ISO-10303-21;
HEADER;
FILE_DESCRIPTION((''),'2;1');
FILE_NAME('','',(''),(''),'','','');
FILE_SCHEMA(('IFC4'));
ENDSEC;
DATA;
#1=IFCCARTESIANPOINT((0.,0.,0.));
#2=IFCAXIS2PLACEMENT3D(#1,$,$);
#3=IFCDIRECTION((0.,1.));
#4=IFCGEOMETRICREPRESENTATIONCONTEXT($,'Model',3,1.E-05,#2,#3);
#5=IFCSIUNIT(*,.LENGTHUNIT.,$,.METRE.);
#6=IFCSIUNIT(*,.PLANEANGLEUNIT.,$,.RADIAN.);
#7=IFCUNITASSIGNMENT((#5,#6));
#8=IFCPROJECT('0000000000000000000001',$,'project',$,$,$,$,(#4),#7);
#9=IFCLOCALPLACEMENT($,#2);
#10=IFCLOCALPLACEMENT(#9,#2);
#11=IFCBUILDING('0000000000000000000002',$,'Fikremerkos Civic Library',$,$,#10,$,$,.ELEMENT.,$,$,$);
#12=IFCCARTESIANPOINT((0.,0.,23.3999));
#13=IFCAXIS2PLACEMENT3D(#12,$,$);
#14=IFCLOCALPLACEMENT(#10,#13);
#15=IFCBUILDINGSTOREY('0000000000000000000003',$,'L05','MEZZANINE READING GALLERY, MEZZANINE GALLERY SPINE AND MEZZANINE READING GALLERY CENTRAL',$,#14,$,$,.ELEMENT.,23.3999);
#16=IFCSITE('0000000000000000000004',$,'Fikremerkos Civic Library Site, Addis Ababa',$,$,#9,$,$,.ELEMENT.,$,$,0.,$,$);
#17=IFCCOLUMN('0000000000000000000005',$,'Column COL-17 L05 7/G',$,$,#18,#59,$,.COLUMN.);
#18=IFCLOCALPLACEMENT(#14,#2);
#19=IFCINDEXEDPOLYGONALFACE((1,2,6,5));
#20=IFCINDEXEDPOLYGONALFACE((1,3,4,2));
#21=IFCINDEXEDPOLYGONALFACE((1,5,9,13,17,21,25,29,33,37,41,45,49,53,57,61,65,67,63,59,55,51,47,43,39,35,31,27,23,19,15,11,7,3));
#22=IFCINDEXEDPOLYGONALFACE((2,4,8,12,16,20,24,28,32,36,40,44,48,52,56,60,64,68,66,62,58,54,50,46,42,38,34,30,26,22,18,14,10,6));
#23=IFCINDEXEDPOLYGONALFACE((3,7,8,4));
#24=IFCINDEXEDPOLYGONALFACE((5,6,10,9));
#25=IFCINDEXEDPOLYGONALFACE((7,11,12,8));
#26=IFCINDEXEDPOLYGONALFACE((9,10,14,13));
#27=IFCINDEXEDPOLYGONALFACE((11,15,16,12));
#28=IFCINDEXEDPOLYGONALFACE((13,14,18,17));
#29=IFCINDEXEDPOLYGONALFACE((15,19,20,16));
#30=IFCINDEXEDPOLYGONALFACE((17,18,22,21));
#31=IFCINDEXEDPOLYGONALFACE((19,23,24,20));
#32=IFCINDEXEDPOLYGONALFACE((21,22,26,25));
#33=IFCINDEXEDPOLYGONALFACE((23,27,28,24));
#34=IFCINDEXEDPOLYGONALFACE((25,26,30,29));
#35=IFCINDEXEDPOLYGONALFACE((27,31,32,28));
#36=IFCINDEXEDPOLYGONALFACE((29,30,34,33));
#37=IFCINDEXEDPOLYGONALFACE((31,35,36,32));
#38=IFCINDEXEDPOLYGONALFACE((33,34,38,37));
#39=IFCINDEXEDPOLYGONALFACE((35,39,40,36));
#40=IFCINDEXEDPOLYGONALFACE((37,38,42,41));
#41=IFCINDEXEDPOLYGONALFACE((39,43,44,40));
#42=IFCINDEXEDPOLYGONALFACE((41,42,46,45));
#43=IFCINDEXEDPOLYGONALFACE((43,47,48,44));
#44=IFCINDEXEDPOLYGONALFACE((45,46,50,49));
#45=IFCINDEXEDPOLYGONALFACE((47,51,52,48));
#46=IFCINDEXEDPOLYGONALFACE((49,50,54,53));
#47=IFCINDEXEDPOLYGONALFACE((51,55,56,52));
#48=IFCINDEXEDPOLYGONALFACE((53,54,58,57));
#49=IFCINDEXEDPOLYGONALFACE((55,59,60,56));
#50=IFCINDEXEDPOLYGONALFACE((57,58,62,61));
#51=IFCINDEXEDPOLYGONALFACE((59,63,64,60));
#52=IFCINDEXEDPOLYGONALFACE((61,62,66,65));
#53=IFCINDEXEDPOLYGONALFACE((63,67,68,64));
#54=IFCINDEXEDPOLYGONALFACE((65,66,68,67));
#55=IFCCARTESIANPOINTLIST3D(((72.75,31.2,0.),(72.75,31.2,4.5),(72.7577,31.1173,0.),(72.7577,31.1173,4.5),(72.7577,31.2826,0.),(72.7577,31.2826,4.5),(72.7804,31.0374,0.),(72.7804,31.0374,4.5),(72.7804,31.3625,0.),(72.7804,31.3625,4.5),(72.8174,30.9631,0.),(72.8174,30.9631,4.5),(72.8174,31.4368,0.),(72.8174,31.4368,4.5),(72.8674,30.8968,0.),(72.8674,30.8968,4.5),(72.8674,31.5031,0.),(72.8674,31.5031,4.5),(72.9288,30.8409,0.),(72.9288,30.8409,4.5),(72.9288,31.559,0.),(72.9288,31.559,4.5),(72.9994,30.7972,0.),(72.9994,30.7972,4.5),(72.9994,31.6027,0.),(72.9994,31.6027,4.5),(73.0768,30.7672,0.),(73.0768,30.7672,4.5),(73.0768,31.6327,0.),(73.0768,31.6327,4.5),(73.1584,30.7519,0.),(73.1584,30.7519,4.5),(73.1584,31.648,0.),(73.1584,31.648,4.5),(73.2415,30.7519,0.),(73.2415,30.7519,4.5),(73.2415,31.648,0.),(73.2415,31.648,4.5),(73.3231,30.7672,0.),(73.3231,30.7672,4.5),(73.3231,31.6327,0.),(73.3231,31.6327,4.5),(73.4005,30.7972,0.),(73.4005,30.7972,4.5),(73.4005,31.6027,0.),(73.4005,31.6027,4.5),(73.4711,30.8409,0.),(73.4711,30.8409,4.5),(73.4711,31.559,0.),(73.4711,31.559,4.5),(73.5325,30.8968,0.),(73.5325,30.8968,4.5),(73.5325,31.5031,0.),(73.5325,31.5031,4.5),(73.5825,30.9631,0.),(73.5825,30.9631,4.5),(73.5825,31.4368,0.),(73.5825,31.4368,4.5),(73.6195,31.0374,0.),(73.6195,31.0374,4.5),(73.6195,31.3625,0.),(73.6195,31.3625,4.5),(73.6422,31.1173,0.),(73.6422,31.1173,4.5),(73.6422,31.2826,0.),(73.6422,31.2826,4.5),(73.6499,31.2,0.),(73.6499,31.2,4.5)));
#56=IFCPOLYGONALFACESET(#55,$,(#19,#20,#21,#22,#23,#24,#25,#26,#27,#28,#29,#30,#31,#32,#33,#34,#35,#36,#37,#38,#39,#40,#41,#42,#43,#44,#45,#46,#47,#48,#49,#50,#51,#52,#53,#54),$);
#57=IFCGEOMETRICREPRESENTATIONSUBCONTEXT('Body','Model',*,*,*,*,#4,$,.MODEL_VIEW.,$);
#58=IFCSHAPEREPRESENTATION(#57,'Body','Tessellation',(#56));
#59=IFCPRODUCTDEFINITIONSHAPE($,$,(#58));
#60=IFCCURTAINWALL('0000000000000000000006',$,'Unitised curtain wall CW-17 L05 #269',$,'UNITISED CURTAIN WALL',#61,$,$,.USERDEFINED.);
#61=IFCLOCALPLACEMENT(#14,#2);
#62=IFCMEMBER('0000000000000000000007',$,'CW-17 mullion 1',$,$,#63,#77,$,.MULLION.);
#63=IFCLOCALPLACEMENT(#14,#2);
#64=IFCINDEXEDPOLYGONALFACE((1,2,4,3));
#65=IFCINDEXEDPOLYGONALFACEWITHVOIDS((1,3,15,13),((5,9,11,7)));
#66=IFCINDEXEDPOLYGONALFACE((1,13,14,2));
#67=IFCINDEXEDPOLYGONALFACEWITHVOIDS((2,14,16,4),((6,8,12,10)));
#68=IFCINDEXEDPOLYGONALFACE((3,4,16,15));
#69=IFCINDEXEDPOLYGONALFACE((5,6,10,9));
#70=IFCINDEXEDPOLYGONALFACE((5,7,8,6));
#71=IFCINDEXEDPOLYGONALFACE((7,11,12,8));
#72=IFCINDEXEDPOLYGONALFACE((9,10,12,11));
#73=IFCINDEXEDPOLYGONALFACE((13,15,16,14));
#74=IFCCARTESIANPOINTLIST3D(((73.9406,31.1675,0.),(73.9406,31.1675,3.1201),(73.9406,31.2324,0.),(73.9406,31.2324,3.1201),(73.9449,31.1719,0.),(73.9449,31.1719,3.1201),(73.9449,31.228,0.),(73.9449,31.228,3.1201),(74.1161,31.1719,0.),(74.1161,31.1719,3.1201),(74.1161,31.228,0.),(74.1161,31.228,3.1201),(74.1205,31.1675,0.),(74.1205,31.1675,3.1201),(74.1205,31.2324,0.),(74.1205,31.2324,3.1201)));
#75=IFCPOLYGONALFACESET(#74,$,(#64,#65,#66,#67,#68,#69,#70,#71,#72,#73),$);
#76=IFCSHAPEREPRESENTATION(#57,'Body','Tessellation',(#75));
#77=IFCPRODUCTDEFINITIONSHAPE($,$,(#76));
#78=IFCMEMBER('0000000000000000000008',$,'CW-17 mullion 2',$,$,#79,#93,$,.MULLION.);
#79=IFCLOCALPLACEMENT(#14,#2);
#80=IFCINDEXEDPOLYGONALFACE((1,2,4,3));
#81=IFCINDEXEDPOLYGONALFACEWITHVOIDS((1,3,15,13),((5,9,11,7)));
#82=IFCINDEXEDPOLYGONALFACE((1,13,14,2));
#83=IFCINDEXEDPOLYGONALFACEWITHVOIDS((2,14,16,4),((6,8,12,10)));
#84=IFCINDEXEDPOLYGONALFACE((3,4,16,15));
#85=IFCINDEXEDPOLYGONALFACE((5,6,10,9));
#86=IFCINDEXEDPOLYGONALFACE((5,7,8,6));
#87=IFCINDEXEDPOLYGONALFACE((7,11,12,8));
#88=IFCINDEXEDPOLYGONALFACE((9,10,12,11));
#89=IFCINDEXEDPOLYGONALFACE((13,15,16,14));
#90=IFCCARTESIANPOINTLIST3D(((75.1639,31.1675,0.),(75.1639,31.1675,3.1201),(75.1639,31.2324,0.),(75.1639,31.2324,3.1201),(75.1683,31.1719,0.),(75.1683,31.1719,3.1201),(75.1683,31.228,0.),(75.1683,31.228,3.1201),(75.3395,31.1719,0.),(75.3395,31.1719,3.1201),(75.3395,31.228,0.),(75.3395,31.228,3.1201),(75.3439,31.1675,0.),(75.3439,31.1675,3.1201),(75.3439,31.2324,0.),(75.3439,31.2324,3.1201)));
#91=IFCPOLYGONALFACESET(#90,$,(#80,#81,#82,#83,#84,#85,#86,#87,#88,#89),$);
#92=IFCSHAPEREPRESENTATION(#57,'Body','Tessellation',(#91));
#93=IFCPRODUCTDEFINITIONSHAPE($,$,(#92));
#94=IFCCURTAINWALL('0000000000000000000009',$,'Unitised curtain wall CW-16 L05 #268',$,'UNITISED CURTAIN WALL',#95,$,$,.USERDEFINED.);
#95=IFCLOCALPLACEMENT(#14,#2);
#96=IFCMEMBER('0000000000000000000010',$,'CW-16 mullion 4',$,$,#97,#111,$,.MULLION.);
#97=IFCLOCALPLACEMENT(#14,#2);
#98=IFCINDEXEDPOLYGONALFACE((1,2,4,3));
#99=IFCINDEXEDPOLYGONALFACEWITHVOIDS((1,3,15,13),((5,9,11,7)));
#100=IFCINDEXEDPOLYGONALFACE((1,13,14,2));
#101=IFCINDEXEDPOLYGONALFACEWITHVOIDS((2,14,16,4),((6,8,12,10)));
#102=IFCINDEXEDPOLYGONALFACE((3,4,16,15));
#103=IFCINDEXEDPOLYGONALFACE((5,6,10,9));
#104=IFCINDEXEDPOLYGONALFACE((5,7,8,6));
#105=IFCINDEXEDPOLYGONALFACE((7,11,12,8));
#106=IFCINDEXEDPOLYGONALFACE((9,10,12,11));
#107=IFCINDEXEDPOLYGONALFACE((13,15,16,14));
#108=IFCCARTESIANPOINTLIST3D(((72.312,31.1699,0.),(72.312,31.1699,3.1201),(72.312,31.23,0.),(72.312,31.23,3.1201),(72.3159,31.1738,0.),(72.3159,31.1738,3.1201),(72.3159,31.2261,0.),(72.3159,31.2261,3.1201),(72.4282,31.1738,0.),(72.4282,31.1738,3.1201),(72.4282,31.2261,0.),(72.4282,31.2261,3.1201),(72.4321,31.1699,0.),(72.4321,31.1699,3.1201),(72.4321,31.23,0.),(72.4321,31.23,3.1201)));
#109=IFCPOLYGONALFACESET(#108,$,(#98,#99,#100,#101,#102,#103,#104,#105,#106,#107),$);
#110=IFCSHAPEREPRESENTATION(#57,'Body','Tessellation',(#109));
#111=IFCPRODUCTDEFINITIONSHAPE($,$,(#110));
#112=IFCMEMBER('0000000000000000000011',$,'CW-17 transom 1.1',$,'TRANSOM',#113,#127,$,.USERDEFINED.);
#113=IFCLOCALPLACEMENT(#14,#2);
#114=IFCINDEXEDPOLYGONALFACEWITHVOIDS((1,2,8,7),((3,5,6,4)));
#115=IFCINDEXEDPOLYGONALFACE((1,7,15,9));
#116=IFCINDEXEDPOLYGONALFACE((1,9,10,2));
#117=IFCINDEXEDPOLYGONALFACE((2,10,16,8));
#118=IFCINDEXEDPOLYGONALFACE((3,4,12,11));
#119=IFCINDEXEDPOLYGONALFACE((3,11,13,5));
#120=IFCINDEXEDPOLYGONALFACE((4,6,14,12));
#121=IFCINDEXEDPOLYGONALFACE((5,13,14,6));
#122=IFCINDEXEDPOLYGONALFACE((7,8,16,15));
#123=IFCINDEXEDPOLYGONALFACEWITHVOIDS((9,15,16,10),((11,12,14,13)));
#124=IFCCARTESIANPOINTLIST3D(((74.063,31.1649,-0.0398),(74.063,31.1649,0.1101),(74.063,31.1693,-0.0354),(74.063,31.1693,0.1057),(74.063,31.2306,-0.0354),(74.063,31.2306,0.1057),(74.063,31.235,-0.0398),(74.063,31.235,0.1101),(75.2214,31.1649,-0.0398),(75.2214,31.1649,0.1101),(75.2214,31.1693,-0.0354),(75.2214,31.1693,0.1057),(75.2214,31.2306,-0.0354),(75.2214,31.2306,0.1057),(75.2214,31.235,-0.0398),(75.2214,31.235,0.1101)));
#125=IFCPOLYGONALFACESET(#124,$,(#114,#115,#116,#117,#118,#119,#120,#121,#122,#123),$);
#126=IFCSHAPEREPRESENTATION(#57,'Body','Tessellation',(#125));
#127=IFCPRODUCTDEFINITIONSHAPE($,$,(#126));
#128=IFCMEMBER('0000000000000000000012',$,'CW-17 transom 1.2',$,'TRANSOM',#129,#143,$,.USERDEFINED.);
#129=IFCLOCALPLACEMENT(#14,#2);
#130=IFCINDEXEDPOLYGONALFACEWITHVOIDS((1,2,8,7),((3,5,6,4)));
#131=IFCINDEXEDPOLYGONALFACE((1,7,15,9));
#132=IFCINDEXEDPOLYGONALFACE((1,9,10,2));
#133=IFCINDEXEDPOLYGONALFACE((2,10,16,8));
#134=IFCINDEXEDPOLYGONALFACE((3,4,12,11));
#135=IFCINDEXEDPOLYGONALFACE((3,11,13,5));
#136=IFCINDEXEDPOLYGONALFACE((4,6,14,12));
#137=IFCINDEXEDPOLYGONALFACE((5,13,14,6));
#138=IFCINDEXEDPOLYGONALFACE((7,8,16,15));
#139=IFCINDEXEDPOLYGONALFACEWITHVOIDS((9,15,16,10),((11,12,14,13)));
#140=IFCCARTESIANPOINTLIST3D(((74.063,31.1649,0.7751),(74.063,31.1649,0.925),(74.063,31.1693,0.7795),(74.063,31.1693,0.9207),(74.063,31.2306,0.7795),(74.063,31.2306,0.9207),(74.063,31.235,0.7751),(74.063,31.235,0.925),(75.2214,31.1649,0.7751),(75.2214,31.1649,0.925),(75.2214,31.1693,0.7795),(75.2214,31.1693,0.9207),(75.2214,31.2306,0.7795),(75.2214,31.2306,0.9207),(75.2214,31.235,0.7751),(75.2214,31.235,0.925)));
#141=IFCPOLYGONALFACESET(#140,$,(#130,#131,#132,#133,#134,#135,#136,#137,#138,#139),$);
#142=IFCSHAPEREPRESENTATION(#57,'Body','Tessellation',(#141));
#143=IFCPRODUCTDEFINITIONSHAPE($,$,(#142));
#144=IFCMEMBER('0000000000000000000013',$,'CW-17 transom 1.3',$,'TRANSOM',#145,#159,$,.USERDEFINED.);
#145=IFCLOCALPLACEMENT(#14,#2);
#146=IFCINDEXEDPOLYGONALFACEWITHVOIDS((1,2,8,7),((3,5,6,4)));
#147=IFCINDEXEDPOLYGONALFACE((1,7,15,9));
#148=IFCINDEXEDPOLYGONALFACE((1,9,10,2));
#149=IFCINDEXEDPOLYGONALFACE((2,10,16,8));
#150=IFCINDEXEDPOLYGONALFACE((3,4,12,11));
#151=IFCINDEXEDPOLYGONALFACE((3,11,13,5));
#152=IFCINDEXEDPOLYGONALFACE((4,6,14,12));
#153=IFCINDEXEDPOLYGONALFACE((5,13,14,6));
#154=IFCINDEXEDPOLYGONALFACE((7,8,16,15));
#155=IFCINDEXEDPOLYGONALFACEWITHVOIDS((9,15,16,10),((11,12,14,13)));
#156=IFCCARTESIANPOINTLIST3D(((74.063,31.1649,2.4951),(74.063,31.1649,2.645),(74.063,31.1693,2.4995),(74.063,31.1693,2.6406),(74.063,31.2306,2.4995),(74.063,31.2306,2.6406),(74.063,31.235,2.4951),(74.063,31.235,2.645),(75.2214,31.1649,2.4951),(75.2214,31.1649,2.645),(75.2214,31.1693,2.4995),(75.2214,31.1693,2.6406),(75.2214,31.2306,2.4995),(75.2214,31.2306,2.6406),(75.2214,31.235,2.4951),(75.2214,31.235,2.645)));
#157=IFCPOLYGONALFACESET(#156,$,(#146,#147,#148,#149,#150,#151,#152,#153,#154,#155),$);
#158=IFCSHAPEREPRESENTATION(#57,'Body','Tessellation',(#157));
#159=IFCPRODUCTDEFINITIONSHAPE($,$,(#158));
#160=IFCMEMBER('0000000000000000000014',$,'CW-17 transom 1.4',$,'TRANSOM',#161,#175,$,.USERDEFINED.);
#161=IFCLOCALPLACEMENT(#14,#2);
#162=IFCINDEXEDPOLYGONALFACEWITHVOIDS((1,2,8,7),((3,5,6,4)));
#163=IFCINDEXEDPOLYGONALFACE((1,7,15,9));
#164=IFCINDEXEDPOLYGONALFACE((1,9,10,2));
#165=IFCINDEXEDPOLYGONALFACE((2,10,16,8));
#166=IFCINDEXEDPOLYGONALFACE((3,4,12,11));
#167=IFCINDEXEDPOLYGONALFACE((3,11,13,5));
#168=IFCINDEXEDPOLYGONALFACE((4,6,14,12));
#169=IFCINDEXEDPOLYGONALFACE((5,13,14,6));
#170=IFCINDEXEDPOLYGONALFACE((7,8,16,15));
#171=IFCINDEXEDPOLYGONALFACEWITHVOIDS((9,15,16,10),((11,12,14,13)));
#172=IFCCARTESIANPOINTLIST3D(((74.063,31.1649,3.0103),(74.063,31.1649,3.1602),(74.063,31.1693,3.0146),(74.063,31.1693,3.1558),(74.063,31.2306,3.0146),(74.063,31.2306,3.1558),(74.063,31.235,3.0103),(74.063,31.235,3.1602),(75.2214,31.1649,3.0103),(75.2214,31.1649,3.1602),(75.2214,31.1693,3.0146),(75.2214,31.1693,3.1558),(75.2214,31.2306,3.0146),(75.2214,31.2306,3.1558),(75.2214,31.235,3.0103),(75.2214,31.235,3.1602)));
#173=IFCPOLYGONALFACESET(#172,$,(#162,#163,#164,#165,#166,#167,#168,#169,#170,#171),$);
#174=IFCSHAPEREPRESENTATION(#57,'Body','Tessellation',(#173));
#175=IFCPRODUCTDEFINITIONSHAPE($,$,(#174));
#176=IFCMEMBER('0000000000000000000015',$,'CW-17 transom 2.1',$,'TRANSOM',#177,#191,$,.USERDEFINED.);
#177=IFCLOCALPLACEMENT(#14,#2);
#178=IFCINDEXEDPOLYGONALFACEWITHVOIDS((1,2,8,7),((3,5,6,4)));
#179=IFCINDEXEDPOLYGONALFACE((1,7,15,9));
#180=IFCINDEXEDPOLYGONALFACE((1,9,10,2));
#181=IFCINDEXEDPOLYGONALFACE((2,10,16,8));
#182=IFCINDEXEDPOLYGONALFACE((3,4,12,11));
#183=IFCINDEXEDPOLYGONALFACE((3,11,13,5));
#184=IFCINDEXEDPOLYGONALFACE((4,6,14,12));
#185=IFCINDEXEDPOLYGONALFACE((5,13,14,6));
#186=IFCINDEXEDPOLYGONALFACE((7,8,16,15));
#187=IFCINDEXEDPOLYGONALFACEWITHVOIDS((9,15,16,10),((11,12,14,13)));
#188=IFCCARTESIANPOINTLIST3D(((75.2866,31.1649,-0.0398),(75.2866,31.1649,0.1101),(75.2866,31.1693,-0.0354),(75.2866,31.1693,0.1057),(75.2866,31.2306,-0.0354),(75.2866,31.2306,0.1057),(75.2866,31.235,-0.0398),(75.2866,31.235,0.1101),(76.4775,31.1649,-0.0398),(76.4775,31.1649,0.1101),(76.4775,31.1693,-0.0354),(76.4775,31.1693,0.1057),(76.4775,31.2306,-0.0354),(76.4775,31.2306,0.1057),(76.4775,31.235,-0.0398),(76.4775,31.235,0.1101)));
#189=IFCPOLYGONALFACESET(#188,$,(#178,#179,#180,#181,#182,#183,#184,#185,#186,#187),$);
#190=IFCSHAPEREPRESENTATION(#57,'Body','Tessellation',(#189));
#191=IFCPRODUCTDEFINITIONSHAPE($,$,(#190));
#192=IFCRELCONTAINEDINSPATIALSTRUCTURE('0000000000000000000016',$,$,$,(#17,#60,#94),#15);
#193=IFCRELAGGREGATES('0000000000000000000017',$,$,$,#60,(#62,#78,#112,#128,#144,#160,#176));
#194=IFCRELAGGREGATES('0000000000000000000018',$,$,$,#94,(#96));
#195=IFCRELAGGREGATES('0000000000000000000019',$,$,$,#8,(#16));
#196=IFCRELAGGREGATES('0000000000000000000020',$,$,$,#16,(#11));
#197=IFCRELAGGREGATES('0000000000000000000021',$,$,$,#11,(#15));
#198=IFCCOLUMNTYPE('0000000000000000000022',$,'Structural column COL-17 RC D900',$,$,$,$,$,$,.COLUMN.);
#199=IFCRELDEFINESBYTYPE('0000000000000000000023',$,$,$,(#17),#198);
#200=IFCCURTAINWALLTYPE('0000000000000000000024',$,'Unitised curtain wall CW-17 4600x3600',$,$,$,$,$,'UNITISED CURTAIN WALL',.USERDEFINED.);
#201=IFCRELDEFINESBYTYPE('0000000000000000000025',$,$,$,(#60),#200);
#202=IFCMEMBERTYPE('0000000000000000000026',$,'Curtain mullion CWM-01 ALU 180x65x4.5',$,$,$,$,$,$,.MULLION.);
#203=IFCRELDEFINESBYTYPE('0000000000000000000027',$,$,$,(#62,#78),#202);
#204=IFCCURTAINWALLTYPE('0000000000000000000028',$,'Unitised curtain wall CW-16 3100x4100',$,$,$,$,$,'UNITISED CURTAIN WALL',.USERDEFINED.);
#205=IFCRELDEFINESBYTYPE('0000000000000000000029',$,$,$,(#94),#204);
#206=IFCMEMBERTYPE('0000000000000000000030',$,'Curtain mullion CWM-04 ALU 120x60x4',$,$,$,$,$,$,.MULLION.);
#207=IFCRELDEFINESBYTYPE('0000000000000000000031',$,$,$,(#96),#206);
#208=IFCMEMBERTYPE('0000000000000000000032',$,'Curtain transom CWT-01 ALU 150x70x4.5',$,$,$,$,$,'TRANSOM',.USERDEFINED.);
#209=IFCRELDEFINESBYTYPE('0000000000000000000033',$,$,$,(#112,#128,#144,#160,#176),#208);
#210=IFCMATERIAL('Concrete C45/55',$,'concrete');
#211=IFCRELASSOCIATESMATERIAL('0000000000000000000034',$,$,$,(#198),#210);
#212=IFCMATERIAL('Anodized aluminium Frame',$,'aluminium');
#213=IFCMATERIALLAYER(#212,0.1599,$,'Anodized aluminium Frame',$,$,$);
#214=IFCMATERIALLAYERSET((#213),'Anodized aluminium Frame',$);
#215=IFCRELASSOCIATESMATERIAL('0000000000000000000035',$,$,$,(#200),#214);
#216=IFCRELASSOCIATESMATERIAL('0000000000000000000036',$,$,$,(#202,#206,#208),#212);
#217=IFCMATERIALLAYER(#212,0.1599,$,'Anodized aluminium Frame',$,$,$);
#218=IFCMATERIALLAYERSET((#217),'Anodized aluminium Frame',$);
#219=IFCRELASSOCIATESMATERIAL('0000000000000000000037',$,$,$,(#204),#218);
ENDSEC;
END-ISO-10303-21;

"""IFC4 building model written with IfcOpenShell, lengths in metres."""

from ifc_helpers import new_model, si_unit, direction, frame, origin, origin_2d, place, context, subcontext, project, spatial, hollow_rectangle, circle, extrude, material, layer, layer_set, material_profile, profile_set, type_object, element, aggregate, save


model = new_model("IFC4")

# Units and contexts
model_context = context("Model", 3, precision=1e-05, world=origin(), true_north=direction((0.0, 1.0)))
body_context = subcontext(model_context, "Body", "Model", "MODEL_VIEW")
ifc_project = project(units=[si_unit("LENGTHUNIT", "METRE"), si_unit("PLANEANGLEUNIT", "RADIAN")], contexts=[model_context])

# Site, building, storey
site_placement = place(None, origin())
site = spatial("IfcSite", under=ifc_project, at=site_placement, Name="Fikremerkos Civic Library Site, Addis Ababa", CompositionType="ELEMENT", RefElevation=0.0)
building_placement = place(site_placement, origin())
building = spatial("IfcBuilding", under=site, at=building_placement, Name="Fikremerkos Civic Library", CompositionType="ELEMENT")
storey_placement = place(building_placement, frame((0.0, 0.0, 23.3999)))
storey = spatial("IfcBuildingStorey", under=building, at=storey_placement, Name="L05", Description="MEZZANINE READING GALLERY, MEZZANINE GALLERY SPINE AND MEZZANINE READING GALLERY CENTRAL", CompositionType="ELEMENT", Elevation=23.3999)

# Column
ifc_material_1 = material(Name="Concrete C45/55", Category="concrete")
ifc_material_profile_1 = material_profile(ifc_material_1, circle(Radius=0.45, at=origin_2d()), Name="RC D900")
ifc_profile_set_1 = profile_set([ifc_material_profile_1], Name="Concrete C45/55")
column_type = type_object("IfcColumnType", Name="Structural column COL-17 RC D900", PredefinedType="COLUMN", material=ifc_profile_set_1)
column_placement = place(storey_placement, frame((73.2, 31.2, 0.0), z_axis=(0.0, 0.0, 1.0), x_axis=(1.0, 0.0, 0.0)))
element("IfcColumn", 1, at=column_placement, inside=storey, type_object=column_type, Name="Column COL-17 L05 7/G", PredefinedType="COLUMN", context=body_context, shape_type="SweptSolid", body=[
    extrude(circle(Radius=0.45, at=origin_2d()), origin(), (0.0, 0.0, 1.0), 4.5),
])

# Curtain wall, members
ifc_material_2 = material(Name="Anodized aluminium Frame", Category="aluminium")
ifc_layer_1 = layer(ifc_material_2, 0.1599, Name="Anodized aluminium Frame")
ifc_layer_set_1 = layer_set([ifc_layer_1], Name="Anodized aluminium Frame")
curtain_wall_type_1 = type_object("IfcCurtainWallType", Name="Unitised curtain wall CW-17 4600x3600", ElementType="UNITISED CURTAIN WALL", PredefinedType="USERDEFINED", material=ifc_layer_set_1)
curtain_wall_1_placement = place(storey_placement, origin())
curtain_wall_1 = element("IfcCurtainWall", 2, at=curtain_wall_1_placement, inside=storey, type_object=curtain_wall_type_1, Name="Unitised curtain wall CW-17 L05 #269", ObjectType="UNITISED CURTAIN WALL", PredefinedType="USERDEFINED")
ifc_material_profile_2 = material_profile(ifc_material_2, hollow_rectangle(XDim=0.0649, YDim=0.1799, WallThickness=0.0044, at=origin_2d()), Name="ALU 180x65x4.5")
ifc_profile_set_2 = profile_set([ifc_material_profile_2], Name="Anodized aluminium Frame")
member_type_1 = type_object("IfcMemberType", Name="Curtain mullion CWM-01 ALU 180x65x4.5", PredefinedType="MULLION", material=ifc_profile_set_2)
member_1_placement = place(storey_placement, frame((74.0305, 31.2, 0.0), z_axis=(0.0, 0.0, 1.0), x_axis=(0.0, 1.0, 0.0)))
member_1 = element("IfcMember", 3, at=member_1_placement, type_object=member_type_1, Name="CW-17 mullion 1", PredefinedType="MULLION", context=body_context, shape_type="SweptSolid", body=[
    extrude(hollow_rectangle(XDim=0.0649, YDim=0.1799, WallThickness=0.0044, at=origin_2d()), origin(), (0.0, 0.0, 1.0), 3.1201),
])
member_2_placement = place(storey_placement, frame((75.2539, 31.2, 0.0), z_axis=(0.0, 0.0, 1.0), x_axis=(0.0, 1.0, 0.0)))
member_2 = element("IfcMember", 4, at=member_2_placement, type_object=member_type_1, Name="CW-17 mullion 2", PredefinedType="MULLION", context=body_context, shape_type="SweptSolid", body=[
    extrude(hollow_rectangle(XDim=0.0649, YDim=0.1799, WallThickness=0.0044, at=origin_2d()), origin(), (0.0, 0.0, 1.0), 3.1201),
])

# Curtain wall, member
ifc_layer_2 = layer(ifc_material_2, 0.1599, Name="Anodized aluminium Frame")
ifc_layer_set_2 = layer_set([ifc_layer_2], Name="Anodized aluminium Frame")
curtain_wall_type_2 = type_object("IfcCurtainWallType", Name="Unitised curtain wall CW-16 3100x4100", ElementType="UNITISED CURTAIN WALL", PredefinedType="USERDEFINED", material=ifc_layer_set_2)
curtain_wall_2_placement = place(storey_placement, origin())
curtain_wall_2 = element("IfcCurtainWall", 5, at=curtain_wall_2_placement, inside=storey, type_object=curtain_wall_type_2, Name="Unitised curtain wall CW-16 L05 #268", ObjectType="UNITISED CURTAIN WALL", PredefinedType="USERDEFINED")
ifc_material_profile_3 = material_profile(ifc_material_2, hollow_rectangle(XDim=0.0601, YDim=0.1201, WallThickness=0.0039, at=origin_2d()), Name="ALU 120x60x4")
ifc_profile_set_3 = profile_set([ifc_material_profile_3], Name="Anodized aluminium Frame")
member_type_2 = type_object("IfcMemberType", Name="Curtain mullion CWM-04 ALU 120x60x4", PredefinedType="MULLION", material=ifc_profile_set_3)
member_3_placement = place(storey_placement, frame((72.3721, 31.2, 0.0), z_axis=(0.0, 0.0, 1.0), x_axis=(0.0, 1.0, 0.0)))
member_3 = element("IfcMember", 6, at=member_3_placement, type_object=member_type_2, Name="CW-16 mullion 4", PredefinedType="MULLION", context=body_context, shape_type="SweptSolid", body=[
    extrude(hollow_rectangle(XDim=0.0601, YDim=0.1201, WallThickness=0.0039, at=origin_2d()), origin(), (0.0, 0.0, 1.0), 3.1201),
])

# Members
ifc_material_profile_4 = material_profile(ifc_material_2, hollow_rectangle(XDim=0.0701, YDim=0.1499, WallThickness=0.0044, at=origin_2d()), Name="ALU 150x70x4.5")
ifc_profile_set_4 = profile_set([ifc_material_profile_4], Name="Anodized aluminium Frame")
member_type_3 = type_object("IfcMemberType", Name="Curtain transom CWT-01 ALU 150x70x4.5", ElementType="TRANSOM", PredefinedType="USERDEFINED", material=ifc_profile_set_4)
member_4_placement = place(storey_placement, frame((74.063, 31.2, 0.0352), z_axis=(1.0, 0.0, 0.0), x_axis=(0.0, 1.0, 0.0)))
member_4 = element("IfcMember", 7, at=member_4_placement, type_object=member_type_3, Name="CW-17 transom 1.1", ObjectType="TRANSOM", PredefinedType="USERDEFINED", context=body_context, shape_type="SweptSolid", body=[
    extrude(hollow_rectangle(XDim=0.0701, YDim=0.1499, WallThickness=0.0044, at=origin_2d()), origin(), (0.0, 0.0, 1.0), 1.1584),
])
member_5_placement = place(storey_placement, frame((74.063, 31.2, 0.8501), z_axis=(1.0, 0.0, 0.0), x_axis=(0.0, 1.0, 0.0)))
member_5 = element("IfcMember", 8, at=member_5_placement, type_object=member_type_3, Name="CW-17 transom 1.2", ObjectType="TRANSOM", PredefinedType="USERDEFINED", context=body_context, shape_type="SweptSolid", body=[
    extrude(hollow_rectangle(XDim=0.0701, YDim=0.1499, WallThickness=0.0044, at=origin_2d()), origin(), (0.0, 0.0, 1.0), 1.1584),
])
member_6_placement = place(storey_placement, frame((74.063, 31.2, 2.5701), z_axis=(1.0, 0.0, 0.0), x_axis=(0.0, 1.0, 0.0)))
member_6 = element("IfcMember", 9, at=member_6_placement, type_object=member_type_3, Name="CW-17 transom 1.3", ObjectType="TRANSOM", PredefinedType="USERDEFINED", context=body_context, shape_type="SweptSolid", body=[
    extrude(hollow_rectangle(XDim=0.0701, YDim=0.1499, WallThickness=0.0044, at=origin_2d()), origin(), (0.0, 0.0, 1.0), 1.1584),
])
member_7_placement = place(storey_placement, frame((74.063, 31.2, 3.0852), z_axis=(1.0, 0.0, 0.0), x_axis=(0.0, 1.0, 0.0)))
member_7 = element("IfcMember", 10, at=member_7_placement, type_object=member_type_3, Name="CW-17 transom 1.4", ObjectType="TRANSOM", PredefinedType="USERDEFINED", context=body_context, shape_type="SweptSolid", body=[
    extrude(hollow_rectangle(XDim=0.0701, YDim=0.1499, WallThickness=0.0044, at=origin_2d()), origin(), (0.0, 0.0, 1.0), 1.1584),
])
member_8_placement = place(storey_placement, frame((75.2866, 31.2, 0.0352), z_axis=(1.0, 0.0, 0.0), x_axis=(0.0, 1.0, 0.0)))
member_8 = element("IfcMember", 11, at=member_8_placement, type_object=member_type_3, Name="CW-17 transom 2.1", ObjectType="TRANSOM", PredefinedType="USERDEFINED", context=body_context, shape_type="SweptSolid", body=[
    extrude(hollow_rectangle(XDim=0.0701, YDim=0.1499, WallThickness=0.0044, at=origin_2d()), origin(), (0.0, 0.0, 1.0), 1.1909),
])

aggregate(curtain_wall_1, [member_1, member_2, member_4, member_5, member_6, member_7, member_8])
aggregate(curtain_wall_2, [member_3])

save(model, "model.ifc")
